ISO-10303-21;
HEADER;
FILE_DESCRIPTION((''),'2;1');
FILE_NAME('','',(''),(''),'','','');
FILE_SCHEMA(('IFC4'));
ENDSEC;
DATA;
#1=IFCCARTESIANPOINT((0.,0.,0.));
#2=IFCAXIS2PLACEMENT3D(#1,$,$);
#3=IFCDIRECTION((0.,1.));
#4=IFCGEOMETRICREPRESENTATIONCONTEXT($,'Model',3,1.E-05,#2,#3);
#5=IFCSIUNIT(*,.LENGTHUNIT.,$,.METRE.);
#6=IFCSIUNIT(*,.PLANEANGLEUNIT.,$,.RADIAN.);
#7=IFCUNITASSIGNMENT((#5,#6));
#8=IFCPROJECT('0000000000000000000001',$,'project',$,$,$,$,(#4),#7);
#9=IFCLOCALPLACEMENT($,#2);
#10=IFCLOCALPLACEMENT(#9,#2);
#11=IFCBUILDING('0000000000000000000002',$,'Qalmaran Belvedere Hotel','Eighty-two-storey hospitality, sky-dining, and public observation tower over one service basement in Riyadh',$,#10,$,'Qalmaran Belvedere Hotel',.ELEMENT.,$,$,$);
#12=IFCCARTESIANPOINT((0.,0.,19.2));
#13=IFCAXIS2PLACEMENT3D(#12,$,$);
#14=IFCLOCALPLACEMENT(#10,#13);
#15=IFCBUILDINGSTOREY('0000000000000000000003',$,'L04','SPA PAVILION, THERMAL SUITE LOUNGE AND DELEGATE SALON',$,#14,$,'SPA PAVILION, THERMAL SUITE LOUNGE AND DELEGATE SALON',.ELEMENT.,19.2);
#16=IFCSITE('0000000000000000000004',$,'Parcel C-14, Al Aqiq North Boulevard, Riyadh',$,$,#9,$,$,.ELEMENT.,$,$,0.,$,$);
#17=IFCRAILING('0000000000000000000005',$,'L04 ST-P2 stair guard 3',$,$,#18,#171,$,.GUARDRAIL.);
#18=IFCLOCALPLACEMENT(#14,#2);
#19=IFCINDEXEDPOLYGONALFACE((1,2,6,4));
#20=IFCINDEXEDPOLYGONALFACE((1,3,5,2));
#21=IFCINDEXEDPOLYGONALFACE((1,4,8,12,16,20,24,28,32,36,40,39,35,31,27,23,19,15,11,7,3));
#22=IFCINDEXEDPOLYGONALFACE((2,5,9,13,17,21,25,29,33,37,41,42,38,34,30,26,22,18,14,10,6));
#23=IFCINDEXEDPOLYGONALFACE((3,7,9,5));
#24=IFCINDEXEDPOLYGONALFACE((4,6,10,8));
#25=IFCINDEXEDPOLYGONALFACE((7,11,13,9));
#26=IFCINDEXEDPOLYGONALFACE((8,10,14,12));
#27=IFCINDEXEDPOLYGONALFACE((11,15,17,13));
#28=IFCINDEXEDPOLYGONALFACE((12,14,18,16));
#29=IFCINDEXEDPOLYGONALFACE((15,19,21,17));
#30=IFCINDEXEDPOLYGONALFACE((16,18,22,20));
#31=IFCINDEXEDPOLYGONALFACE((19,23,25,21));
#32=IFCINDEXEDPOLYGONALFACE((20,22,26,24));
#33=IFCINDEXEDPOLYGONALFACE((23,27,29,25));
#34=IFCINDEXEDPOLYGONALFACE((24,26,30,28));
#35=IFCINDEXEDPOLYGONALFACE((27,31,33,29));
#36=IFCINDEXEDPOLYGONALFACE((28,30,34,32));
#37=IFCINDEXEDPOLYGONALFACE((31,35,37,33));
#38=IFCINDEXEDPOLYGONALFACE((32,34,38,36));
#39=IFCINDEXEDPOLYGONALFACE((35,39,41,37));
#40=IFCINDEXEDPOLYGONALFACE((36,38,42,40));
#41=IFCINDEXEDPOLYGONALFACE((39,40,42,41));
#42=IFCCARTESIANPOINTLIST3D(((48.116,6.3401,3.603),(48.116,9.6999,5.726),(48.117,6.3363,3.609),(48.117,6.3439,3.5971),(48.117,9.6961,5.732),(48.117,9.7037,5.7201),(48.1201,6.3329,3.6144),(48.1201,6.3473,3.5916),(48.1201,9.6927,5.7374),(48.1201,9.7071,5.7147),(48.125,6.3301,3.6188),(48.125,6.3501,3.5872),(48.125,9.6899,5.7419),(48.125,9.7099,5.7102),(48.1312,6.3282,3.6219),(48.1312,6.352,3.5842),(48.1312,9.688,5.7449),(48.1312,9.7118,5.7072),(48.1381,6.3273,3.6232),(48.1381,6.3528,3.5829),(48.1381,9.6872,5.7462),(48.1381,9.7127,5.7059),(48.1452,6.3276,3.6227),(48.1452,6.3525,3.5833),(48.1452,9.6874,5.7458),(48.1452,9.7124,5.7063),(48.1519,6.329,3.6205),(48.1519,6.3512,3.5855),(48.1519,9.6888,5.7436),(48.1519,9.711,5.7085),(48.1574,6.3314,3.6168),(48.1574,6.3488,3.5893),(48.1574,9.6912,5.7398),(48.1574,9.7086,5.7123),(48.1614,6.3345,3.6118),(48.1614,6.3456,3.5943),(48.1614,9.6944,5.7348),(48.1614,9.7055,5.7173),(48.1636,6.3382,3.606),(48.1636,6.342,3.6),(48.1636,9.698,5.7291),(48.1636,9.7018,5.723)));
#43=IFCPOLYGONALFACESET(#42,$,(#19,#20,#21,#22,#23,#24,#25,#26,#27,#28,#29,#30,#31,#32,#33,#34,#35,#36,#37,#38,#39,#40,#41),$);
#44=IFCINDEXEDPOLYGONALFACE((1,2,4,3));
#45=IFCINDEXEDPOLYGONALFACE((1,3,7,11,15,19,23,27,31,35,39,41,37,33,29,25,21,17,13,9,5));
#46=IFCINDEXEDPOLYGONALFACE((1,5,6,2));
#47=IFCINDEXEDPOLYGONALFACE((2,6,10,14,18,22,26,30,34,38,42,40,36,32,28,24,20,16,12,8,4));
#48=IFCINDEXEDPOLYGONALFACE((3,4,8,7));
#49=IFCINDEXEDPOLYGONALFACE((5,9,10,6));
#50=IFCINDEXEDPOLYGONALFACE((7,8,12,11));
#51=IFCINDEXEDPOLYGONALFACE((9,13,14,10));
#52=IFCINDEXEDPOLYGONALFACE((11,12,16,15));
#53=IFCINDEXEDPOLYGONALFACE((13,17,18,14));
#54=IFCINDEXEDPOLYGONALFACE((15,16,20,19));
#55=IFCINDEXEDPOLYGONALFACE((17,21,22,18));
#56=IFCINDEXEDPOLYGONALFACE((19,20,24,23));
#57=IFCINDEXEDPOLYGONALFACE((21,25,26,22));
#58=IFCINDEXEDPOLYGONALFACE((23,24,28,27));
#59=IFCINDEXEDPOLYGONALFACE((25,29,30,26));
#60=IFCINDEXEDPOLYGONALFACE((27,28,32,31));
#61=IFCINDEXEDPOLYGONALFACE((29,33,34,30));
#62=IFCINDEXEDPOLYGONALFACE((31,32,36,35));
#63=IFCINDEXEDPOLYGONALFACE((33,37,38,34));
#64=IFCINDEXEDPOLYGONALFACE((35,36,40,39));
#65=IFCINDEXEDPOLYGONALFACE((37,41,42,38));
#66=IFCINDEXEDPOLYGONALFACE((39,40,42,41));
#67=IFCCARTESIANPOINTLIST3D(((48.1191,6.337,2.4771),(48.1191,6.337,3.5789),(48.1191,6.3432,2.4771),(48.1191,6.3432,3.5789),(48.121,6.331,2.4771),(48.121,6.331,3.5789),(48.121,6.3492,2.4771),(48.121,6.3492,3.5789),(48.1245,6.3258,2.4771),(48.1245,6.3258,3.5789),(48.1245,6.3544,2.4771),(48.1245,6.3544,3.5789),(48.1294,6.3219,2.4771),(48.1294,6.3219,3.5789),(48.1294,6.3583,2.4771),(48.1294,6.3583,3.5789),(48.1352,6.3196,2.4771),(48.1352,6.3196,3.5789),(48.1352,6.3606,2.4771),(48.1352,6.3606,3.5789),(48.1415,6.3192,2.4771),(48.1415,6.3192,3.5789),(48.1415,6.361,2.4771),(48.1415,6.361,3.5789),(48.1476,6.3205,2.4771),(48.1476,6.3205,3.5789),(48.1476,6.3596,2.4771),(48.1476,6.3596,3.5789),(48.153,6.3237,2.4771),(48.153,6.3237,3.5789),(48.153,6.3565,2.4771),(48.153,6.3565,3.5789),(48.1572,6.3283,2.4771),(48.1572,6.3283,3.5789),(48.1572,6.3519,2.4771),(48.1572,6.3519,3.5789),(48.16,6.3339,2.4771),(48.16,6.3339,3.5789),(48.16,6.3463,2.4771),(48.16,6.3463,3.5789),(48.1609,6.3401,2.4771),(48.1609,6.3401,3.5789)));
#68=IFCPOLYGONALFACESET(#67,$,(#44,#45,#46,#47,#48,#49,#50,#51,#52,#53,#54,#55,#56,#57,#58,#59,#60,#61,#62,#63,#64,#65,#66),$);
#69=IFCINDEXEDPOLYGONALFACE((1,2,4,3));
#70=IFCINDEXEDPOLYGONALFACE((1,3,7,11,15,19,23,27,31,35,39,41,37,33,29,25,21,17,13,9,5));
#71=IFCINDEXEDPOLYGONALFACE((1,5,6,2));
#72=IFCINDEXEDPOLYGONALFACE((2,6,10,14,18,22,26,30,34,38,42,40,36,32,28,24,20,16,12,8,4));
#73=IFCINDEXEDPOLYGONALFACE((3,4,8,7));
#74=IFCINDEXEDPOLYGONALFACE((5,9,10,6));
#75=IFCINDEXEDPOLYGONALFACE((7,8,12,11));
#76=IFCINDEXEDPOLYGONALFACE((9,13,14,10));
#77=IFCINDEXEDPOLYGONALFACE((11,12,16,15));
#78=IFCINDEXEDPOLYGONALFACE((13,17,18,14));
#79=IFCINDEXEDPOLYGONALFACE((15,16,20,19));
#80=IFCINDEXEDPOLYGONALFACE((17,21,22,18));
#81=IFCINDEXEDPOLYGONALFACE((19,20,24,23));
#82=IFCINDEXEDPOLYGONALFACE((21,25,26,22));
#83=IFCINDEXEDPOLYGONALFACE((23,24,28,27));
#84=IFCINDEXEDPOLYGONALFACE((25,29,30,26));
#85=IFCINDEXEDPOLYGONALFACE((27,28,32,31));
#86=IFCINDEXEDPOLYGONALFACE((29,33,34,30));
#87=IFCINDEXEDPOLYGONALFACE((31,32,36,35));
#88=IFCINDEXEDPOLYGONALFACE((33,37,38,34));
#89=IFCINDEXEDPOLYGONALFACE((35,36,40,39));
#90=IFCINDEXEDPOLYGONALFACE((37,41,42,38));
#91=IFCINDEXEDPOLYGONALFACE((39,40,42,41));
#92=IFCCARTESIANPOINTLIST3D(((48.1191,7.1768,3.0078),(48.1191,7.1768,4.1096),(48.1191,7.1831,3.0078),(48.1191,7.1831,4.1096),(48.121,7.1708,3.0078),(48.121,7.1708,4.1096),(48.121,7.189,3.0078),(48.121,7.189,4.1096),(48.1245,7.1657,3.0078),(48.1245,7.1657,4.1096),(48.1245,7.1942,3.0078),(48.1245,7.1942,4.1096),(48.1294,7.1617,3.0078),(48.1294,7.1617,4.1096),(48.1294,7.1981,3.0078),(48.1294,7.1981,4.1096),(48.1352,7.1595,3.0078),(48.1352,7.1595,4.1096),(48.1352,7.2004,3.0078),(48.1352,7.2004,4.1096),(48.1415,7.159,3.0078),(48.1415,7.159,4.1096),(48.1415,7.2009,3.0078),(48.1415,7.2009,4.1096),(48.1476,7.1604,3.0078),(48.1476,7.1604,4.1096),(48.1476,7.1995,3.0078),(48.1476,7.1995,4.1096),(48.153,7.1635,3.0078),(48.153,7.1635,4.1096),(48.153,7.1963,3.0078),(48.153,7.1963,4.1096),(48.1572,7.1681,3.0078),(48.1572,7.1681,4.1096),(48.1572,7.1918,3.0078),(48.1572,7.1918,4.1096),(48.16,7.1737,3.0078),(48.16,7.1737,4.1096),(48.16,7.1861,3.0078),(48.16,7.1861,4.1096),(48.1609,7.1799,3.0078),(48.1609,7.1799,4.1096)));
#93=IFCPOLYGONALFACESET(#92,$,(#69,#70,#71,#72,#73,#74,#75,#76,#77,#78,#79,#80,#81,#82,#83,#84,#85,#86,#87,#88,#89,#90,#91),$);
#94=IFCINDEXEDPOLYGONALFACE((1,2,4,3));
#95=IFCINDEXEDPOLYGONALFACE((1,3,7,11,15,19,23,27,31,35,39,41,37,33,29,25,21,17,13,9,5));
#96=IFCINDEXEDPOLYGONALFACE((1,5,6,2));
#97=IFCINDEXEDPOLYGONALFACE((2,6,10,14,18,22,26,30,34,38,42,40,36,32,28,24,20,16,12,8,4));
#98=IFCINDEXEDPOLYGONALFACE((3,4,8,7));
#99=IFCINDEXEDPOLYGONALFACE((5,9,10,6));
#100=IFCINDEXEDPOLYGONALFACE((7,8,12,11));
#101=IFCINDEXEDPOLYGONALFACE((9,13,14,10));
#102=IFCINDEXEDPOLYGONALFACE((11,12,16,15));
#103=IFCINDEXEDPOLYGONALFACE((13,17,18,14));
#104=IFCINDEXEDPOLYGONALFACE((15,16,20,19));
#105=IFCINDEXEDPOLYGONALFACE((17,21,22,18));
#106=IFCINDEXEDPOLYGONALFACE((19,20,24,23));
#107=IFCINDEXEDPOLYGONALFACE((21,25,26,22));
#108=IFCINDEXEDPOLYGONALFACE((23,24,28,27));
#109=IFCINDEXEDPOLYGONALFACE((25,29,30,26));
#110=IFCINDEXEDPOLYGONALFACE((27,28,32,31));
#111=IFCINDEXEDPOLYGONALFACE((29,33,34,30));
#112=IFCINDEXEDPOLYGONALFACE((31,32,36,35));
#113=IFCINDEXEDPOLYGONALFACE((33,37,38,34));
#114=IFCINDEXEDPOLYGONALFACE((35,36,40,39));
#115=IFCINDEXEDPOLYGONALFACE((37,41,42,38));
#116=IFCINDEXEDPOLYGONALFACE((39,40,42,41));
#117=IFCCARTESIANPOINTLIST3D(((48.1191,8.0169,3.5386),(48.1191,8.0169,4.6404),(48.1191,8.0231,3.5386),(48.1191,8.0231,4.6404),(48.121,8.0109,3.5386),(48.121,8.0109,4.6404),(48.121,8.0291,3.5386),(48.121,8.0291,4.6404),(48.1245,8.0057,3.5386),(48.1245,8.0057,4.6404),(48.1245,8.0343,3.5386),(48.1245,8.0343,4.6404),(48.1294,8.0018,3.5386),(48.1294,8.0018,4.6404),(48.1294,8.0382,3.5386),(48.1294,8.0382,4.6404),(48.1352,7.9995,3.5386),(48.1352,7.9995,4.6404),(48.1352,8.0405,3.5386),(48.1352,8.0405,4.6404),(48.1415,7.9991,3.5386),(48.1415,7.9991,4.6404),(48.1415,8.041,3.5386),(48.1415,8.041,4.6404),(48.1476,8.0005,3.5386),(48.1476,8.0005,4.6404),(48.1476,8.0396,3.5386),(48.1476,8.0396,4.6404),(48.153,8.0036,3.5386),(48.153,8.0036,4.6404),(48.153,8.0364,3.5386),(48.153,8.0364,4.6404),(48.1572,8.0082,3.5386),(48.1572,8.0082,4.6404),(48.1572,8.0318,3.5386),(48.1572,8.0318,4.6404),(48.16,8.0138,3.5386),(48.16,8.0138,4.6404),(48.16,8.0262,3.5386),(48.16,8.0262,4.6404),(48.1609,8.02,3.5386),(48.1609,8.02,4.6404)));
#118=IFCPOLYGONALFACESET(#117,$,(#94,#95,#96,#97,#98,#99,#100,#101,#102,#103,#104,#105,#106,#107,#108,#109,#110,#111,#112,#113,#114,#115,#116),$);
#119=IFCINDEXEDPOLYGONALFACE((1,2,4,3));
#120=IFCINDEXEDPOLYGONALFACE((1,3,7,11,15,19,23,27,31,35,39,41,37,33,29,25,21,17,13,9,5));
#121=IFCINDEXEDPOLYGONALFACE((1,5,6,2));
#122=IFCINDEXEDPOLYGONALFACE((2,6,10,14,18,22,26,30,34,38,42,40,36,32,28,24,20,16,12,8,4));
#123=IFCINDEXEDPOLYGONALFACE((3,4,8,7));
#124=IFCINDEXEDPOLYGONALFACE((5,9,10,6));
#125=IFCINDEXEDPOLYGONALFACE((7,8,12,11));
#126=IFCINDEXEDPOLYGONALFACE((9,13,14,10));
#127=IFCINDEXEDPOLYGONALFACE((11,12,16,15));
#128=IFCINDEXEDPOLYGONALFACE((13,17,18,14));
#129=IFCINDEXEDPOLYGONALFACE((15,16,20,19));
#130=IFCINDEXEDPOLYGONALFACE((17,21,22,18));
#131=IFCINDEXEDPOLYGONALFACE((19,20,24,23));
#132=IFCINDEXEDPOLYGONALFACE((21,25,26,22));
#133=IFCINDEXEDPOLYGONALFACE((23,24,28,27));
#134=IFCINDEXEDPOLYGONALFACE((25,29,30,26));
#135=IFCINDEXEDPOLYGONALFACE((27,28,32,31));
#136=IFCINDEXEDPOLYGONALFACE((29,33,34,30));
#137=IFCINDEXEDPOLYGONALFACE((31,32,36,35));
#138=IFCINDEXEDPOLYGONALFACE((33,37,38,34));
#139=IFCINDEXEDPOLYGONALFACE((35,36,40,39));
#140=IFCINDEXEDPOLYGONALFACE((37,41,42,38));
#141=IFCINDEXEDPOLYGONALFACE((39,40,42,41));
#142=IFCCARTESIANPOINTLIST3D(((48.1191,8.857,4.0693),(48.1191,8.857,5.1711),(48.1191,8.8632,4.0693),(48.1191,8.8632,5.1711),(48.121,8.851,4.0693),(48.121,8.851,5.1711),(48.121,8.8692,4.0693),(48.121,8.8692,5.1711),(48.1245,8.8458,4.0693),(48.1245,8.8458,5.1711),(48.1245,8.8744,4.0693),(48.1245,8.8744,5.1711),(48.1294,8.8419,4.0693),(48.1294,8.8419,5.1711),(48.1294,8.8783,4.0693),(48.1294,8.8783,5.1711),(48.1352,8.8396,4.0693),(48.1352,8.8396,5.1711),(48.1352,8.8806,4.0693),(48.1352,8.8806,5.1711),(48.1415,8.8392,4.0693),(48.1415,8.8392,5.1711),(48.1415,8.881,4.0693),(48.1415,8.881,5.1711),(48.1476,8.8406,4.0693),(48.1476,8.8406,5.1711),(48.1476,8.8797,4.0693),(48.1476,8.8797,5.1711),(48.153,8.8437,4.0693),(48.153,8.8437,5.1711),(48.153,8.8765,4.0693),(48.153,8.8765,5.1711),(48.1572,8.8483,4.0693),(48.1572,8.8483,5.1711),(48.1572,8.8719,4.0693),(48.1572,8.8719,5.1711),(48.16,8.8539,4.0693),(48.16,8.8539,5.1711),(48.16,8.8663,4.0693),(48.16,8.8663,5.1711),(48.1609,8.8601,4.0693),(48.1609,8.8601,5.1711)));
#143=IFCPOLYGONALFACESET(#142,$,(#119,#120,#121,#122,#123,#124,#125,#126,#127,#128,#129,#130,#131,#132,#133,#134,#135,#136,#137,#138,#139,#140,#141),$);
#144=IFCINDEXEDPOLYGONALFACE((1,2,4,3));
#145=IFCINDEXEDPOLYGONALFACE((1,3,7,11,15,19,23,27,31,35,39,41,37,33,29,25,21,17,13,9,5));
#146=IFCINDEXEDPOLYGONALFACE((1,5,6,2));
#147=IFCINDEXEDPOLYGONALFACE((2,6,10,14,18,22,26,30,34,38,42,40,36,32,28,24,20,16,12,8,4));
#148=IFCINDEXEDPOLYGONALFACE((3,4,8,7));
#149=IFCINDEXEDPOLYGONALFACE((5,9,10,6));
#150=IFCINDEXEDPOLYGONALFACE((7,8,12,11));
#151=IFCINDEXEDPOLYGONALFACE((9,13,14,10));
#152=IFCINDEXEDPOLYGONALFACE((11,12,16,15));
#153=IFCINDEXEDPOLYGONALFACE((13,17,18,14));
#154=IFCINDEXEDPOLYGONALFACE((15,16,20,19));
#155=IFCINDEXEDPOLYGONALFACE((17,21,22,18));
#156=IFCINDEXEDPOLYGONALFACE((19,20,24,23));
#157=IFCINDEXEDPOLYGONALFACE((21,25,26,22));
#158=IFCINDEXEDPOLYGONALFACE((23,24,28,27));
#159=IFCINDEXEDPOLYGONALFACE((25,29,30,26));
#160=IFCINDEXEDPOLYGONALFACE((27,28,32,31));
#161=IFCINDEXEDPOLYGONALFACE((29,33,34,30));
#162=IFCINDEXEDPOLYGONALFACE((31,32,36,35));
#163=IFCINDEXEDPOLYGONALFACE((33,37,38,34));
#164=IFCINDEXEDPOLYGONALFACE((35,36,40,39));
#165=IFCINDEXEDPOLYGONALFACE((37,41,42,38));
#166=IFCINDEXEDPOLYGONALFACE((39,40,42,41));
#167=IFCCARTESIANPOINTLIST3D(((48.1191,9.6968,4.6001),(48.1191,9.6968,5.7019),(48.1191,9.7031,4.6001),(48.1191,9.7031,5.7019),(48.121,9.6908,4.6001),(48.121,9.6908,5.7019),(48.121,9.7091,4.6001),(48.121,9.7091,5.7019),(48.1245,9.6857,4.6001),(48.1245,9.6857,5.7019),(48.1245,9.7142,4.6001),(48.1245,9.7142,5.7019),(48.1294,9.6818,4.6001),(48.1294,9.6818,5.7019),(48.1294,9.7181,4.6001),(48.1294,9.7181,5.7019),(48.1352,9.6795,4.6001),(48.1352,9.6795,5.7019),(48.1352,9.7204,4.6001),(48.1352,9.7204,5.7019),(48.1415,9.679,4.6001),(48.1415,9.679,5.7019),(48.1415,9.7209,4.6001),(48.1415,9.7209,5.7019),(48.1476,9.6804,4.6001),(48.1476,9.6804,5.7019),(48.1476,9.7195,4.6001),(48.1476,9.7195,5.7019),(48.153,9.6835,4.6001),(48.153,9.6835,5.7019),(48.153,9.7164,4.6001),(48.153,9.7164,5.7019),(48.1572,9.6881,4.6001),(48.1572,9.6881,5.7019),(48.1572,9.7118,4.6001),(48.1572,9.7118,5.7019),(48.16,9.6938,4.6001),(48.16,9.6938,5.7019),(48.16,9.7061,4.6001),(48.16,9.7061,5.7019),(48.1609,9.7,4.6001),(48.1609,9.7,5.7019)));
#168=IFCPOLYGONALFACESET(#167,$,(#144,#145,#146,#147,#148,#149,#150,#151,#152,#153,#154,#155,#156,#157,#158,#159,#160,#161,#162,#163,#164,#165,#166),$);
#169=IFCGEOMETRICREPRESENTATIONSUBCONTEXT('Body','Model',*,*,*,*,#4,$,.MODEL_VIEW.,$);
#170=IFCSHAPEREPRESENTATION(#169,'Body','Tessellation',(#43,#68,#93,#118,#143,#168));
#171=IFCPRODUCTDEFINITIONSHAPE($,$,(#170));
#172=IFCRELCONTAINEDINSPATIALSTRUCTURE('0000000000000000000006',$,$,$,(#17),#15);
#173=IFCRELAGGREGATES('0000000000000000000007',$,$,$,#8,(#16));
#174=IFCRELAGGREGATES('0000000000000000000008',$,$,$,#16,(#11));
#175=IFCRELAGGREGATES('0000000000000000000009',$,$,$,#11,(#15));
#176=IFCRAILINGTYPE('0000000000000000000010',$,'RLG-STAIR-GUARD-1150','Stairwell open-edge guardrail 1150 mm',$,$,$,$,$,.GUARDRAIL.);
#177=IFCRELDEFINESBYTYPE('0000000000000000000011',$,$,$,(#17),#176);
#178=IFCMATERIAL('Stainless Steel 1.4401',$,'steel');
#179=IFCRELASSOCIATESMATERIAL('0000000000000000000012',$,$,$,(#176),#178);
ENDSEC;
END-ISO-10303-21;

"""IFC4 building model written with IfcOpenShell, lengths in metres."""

from ifc_helpers import new_model, si_unit, direction, frame, origin, origin_2d, place, context, subcontext, project, spatial, circle, extrude, material, type_object, element, save


model = new_model("IFC4")

# Units and contexts
model_context = context("Model", 3, precision=1e-05, world=origin(), true_north=direction((0.0, 1.0)))
body_context = subcontext(model_context, "Body", "Model", "MODEL_VIEW")
ifc_project = project(units=[si_unit("LENGTHUNIT", "METRE"), si_unit("PLANEANGLEUNIT", "RADIAN")], contexts=[model_context])

# Site, building, storey
site_placement = place(None, origin())
site = spatial("IfcSite", under=ifc_project, at=site_placement, Name="Parcel C-14, Al Aqiq North Boulevard, Riyadh", CompositionType="ELEMENT", RefElevation=0.0)
building_placement = place(site_placement, origin())
building = spatial("IfcBuilding", under=site, at=building_placement, Name="Qalmaran Belvedere Hotel", Description="Eighty-two-storey hospitality, sky-dining, and public observation tower over one service basement in Riyadh", LongName="Qalmaran Belvedere Hotel", CompositionType="ELEMENT")
storey_placement = place(building_placement, frame((0.0, 0.0, 19.2)))
storey = spatial("IfcBuildingStorey", under=building, at=storey_placement, Name="L04", Description="SPA PAVILION, THERMAL SUITE LOUNGE AND DELEGATE SALON", LongName="SPA PAVILION, THERMAL SUITE LOUNGE AND DELEGATE SALON", CompositionType="ELEMENT", Elevation=19.2)

# Railing
ifc_material_1 = material(Name="Stainless Steel 1.4401", Category="steel")
railing_type_1 = type_object("IfcRailingType", Name="RLG-STAIR-GUARD-1150", Description="Stairwell open-edge guardrail 1150 mm", PredefinedType="GUARDRAIL", material=ifc_material_1)
railing_1_placement = place(storey_placement, frame((48.1399, 6.3401, 2.4771)))
element("IfcRailing", 1, at=railing_1_placement, inside=storey, type_object=railing_type_1, Name="L04 ST-P2 stair guard 3", PredefinedType="GUARDRAIL", context=body_context, shape_type="SweptSolid", body=[
    extrude(circle(Radius=0.0239, at=origin_2d()), frame((0.0, 0.0, 1.126), z_axis=(0.0, 0.845372, 0.534178), x_axis=(-1.0, 0.0, 0.0)), (0.0, 0.0, 1.0), 3.9744),
    extrude(circle(Radius=0.021, at=origin_2d()), origin(), (0.0, 0.0, 1.0), 1.1018),
    extrude(circle(Radius=0.021, at=origin_2d()), frame((0.0, 0.8398, 0.5308)), (0.0, 0.0, 1.0), 1.1018),
    extrude(circle(Radius=0.021, at=origin_2d()), frame((0.0, 1.6799, 1.0615)), (0.0, 0.0, 1.0), 1.1018),
    extrude(circle(Radius=0.021, at=origin_2d()), frame((0.0, 2.52, 1.5923)), (0.0, 0.0, 1.0), 1.1018),
    extrude(circle(Radius=0.021, at=origin_2d()), frame((0.0, 3.3599, 2.123)), (0.0, 0.0, 1.0), 1.1018),
])

save(model, "model.ifc")
